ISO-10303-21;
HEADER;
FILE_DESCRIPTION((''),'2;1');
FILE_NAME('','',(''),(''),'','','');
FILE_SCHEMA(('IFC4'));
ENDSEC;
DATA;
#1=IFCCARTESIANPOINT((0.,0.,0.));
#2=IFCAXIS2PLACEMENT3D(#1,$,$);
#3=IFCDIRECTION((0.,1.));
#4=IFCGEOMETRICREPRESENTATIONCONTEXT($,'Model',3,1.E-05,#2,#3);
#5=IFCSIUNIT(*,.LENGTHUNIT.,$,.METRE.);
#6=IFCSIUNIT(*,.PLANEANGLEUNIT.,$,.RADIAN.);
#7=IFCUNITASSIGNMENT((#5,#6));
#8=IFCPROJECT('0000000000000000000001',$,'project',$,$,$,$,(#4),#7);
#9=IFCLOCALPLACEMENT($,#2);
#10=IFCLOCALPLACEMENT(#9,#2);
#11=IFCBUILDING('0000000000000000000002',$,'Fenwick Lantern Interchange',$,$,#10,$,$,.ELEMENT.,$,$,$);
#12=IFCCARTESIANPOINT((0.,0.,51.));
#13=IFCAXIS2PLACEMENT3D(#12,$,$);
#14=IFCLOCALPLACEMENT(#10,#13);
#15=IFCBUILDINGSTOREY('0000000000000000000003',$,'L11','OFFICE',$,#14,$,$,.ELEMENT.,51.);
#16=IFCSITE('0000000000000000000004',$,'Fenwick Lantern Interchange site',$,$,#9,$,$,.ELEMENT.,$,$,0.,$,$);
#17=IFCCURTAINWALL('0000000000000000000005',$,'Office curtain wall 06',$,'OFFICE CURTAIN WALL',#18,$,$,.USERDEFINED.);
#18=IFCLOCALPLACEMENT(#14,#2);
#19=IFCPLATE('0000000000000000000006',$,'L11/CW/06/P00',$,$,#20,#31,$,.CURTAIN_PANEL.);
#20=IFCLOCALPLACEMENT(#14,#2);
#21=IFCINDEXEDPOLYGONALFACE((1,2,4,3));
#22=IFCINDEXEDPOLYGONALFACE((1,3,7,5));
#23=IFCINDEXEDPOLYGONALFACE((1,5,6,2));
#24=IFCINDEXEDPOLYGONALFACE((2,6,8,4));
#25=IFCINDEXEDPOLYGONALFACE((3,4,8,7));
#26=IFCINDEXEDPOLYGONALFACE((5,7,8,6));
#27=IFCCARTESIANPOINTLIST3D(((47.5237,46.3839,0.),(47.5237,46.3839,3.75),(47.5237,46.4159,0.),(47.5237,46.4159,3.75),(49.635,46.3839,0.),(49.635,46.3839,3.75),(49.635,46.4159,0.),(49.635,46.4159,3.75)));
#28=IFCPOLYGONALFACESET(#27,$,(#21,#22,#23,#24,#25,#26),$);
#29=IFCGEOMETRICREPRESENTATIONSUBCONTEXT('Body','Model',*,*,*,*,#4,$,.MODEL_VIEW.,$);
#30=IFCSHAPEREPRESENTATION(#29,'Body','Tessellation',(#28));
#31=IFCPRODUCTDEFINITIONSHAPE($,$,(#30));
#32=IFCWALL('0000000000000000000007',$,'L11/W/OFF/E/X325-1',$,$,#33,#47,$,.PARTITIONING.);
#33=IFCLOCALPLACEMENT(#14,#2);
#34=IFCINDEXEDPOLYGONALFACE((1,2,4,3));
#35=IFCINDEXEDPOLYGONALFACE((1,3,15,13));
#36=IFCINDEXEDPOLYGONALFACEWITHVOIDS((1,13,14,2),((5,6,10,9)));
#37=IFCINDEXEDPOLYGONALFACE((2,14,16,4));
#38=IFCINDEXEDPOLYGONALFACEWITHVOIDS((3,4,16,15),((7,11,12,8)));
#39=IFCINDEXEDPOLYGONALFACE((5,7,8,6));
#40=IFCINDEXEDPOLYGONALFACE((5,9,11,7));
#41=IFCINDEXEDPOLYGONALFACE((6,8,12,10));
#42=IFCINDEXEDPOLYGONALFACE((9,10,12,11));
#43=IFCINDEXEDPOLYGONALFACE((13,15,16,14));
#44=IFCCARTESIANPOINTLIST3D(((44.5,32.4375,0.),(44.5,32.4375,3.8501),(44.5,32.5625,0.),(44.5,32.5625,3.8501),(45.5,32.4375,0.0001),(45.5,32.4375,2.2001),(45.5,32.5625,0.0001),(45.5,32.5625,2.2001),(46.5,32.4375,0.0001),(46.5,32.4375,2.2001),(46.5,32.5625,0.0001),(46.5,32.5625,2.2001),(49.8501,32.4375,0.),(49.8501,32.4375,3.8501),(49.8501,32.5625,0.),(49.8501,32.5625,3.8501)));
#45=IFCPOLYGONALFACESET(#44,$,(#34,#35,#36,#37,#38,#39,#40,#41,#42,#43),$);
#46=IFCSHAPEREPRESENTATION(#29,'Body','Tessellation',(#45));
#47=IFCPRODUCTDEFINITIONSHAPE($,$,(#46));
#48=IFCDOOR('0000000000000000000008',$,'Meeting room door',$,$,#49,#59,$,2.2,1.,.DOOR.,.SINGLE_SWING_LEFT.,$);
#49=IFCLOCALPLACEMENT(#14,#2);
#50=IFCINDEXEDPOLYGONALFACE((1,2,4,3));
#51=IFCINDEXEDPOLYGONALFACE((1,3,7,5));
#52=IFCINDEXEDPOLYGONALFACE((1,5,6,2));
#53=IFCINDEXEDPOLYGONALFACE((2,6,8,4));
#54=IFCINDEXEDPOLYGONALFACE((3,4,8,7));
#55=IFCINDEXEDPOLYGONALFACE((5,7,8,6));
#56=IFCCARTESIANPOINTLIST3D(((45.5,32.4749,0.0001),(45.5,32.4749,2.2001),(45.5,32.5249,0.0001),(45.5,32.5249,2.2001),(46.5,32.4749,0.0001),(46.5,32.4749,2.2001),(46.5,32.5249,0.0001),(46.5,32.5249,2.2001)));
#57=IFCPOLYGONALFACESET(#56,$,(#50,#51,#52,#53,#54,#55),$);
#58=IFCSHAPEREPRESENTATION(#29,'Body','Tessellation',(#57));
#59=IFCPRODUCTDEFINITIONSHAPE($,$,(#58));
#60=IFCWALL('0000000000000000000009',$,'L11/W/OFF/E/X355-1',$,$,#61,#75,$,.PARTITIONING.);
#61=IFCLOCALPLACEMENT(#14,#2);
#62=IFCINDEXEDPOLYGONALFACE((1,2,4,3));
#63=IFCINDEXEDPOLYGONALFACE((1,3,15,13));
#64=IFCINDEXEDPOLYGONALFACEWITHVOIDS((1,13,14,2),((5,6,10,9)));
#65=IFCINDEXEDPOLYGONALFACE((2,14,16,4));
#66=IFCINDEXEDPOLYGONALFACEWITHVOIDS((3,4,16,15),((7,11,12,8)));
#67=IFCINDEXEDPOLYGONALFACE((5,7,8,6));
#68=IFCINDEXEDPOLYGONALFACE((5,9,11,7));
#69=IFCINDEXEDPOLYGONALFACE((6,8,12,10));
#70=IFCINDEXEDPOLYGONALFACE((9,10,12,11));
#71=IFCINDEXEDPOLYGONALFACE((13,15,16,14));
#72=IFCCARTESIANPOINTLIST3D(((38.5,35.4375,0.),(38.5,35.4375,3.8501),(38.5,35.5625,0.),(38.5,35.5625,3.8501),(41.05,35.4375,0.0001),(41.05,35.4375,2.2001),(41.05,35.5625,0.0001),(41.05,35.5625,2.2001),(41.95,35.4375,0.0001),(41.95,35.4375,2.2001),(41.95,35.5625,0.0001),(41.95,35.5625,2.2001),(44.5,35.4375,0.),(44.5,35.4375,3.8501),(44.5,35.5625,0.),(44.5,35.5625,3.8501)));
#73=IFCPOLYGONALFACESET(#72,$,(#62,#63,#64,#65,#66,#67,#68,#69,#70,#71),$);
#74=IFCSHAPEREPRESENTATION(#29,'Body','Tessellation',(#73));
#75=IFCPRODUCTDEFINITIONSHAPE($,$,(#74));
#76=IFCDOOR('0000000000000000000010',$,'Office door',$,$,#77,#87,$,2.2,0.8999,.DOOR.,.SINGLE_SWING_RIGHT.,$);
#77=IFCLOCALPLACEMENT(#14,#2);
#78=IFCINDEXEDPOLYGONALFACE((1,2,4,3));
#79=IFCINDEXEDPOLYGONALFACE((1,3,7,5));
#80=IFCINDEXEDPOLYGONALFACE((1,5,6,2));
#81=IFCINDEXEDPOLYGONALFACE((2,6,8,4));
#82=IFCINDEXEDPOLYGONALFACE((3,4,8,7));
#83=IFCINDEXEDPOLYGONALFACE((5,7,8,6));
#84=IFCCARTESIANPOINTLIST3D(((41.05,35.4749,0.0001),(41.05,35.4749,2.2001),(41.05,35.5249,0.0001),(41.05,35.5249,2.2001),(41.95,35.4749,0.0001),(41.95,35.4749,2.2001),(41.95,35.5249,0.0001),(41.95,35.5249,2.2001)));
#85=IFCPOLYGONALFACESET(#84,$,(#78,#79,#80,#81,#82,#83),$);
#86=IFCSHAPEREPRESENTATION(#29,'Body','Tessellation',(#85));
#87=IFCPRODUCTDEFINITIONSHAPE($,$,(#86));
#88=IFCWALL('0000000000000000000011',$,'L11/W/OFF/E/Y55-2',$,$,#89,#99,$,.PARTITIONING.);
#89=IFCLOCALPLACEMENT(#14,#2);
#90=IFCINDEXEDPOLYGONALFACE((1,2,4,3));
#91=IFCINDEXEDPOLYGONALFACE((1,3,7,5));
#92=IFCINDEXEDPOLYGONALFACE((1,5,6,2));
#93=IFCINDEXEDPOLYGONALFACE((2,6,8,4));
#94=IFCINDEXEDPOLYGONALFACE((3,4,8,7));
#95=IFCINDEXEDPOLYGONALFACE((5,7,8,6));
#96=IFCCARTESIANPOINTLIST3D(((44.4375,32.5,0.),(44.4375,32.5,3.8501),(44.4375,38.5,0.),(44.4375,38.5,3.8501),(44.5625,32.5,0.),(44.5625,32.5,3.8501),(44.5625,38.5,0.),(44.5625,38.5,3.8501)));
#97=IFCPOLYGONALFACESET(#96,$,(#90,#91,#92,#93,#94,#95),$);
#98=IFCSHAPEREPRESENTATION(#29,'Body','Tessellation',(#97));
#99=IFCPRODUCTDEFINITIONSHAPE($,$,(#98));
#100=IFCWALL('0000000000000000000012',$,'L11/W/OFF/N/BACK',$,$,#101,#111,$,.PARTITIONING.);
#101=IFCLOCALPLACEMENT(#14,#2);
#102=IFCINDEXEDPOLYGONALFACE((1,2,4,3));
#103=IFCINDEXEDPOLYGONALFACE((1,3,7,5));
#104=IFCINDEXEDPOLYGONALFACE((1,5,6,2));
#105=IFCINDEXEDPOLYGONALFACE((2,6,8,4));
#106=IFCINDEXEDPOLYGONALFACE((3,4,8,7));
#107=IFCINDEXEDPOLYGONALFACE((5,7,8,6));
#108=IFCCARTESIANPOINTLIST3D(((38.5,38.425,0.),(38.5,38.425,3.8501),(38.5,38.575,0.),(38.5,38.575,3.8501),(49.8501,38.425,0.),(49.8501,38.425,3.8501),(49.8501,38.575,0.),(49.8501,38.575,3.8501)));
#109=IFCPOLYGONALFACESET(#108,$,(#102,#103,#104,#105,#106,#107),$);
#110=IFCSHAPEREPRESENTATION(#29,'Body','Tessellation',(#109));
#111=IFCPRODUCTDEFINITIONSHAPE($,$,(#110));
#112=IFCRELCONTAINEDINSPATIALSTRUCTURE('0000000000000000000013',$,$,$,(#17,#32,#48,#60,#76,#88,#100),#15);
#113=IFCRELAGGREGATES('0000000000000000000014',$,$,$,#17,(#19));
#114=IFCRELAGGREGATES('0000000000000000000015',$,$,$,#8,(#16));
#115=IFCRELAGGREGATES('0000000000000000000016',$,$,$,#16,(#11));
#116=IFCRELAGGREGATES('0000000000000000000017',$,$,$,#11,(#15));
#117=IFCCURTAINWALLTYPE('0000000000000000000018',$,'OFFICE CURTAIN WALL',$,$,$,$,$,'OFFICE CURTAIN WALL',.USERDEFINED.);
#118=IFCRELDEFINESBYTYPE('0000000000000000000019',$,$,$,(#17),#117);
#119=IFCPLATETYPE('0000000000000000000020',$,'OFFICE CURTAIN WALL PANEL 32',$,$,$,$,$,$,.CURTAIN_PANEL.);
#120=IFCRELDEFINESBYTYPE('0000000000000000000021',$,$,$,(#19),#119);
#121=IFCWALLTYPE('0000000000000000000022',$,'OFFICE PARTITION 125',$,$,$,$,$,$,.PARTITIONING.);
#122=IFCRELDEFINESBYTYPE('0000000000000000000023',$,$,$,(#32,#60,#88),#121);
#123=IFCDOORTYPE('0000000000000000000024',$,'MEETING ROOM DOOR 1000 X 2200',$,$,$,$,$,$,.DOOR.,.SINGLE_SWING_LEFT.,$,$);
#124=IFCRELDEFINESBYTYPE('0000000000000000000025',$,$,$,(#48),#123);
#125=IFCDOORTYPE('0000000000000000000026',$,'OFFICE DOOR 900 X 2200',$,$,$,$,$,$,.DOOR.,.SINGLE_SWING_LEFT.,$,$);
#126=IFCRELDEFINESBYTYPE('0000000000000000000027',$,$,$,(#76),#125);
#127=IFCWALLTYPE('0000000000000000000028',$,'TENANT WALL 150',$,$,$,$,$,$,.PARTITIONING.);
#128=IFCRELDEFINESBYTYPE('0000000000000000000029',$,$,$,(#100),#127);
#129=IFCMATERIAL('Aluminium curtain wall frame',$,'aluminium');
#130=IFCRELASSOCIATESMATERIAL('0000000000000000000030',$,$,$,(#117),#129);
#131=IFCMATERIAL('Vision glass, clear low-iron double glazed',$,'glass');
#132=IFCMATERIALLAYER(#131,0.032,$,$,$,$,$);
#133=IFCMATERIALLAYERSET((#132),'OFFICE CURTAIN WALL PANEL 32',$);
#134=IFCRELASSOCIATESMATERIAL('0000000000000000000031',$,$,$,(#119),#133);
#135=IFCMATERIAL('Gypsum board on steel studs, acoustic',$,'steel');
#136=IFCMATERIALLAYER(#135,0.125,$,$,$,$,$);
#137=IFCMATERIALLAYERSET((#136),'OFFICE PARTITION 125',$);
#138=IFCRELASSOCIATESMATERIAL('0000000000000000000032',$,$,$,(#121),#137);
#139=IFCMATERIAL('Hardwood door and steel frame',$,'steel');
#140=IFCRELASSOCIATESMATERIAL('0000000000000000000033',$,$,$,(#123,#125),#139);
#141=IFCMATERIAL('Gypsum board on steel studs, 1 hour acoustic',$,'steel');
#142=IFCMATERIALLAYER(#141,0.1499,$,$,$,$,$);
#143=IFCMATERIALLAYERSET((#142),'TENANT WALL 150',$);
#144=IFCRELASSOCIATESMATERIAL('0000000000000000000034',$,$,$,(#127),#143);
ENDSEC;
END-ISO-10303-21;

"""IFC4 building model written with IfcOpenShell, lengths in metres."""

from ifc_helpers import new_model, si_unit, direction, frame, frame_2d, origin, origin_2d, place, context, subcontext, project, spatial, rectangle, extrude, material, layer, layer_set, type_object, element, fill, aggregate, save


model = new_model("IFC4")

# Units and contexts
model_context = context("Model", 3, precision=1e-05, world=origin(), true_north=direction((0.0, 1.0)))
body_context = subcontext(model_context, "Body", "Model", "MODEL_VIEW")
ifc_project = project(units=[si_unit("LENGTHUNIT", "METRE"), si_unit("PLANEANGLEUNIT", "RADIAN")], contexts=[model_context])

# Site, building, storey
site_placement = place(None, origin())
site = spatial("IfcSite", under=ifc_project, at=site_placement, Name="Fenwick Lantern Interchange site", CompositionType="ELEMENT", RefElevation=0.0)
building_placement = place(site_placement, origin())
building = spatial("IfcBuilding", under=site, at=building_placement, Name="Fenwick Lantern Interchange", CompositionType="ELEMENT")
storey_placement = place(building_placement, frame((0.0, 0.0, 51.0)))
storey = spatial("IfcBuildingStorey", under=building, at=storey_placement, Name="L11", Description="OFFICE", CompositionType="ELEMENT", Elevation=51.0)

# Shared definitions
ifc_material_1 = material(Name="Aluminium curtain wall frame", Category="aluminium")
curtain_wall_type = type_object("IfcCurtainWallType", Name="OFFICE CURTAIN WALL", ElementType="OFFICE CURTAIN WALL", PredefinedType="USERDEFINED", material=ifc_material_1)

# Curtain wall
curtain_wall_1_placement = place(storey_placement, origin())
curtain_wall_1 = element("IfcCurtainWall", 1, at=curtain_wall_1_placement, inside=storey, type_object=curtain_wall_type, Name="Office curtain wall 06", ObjectType="OFFICE CURTAIN WALL", PredefinedType="USERDEFINED")

# Plate
ifc_material_2 = material(Name="Vision glass, clear low-iron double glazed", Category="glass")
ifc_layer_1 = layer(ifc_material_2, 0.032)
ifc_layer_set_1 = layer_set([ifc_layer_1], Name="OFFICE CURTAIN WALL PANEL 32")
plate_type = type_object("IfcPlateType", Name="OFFICE CURTAIN WALL PANEL 32", PredefinedType="CURTAIN_PANEL", material=ifc_layer_set_1)
plate_1_placement = place(storey_placement, frame((48.5793, 46.3999, 0.0), z_axis=(0.0, 0.0, 1.0), x_axis=(-1.0, 0.0, 0.0)))
plate_1 = element("IfcPlate", 2, at=plate_1_placement, type_object=plate_type, Name="L11/CW/06/P00", PredefinedType="CURTAIN_PANEL", context=body_context, shape_type="SweptSolid", body=[
    extrude(rectangle(XDim=2.1113, YDim=0.032, at=origin_2d()), origin(), (0.0, 0.0, 1.0), 3.75),
])
aggregate(curtain_wall_1, [plate_1])

# Walls, openings, doors
ifc_material_3 = material(Name="Gypsum board on steel studs, acoustic", Category="steel")
ifc_layer_2 = layer(ifc_material_3, 0.125)
ifc_layer_set_2 = layer_set([ifc_layer_2], Name="OFFICE PARTITION 125")
wall_type_1 = type_object("IfcWallType", Name="OFFICE PARTITION 125", PredefinedType="PARTITIONING", material=ifc_layer_set_2)
wall_1_placement = place(storey_placement, frame((49.8501, 32.5, 0.0), z_axis=(0.0, 0.0, 1.0), x_axis=(-1.0, 0.0, 0.0)))
wall_1 = element("IfcWall", 3, at=wall_1_placement, inside=storey, type_object=wall_type_1, Name="L11/W/OFF/E/X325-1", PredefinedType="PARTITIONING", context=body_context, shape_type="SweptSolid", body=[
    extrude(rectangle(XDim=5.3501, YDim=0.125, at=frame_2d((2.675, 0.0))), origin(), (0.0, 0.0, 1.0), 3.8501),
])
opening_1_placement = place(wall_1_placement, frame((3.3501, 0.0, 0.0)))
opening_1 = element("IfcOpeningElement", 4, at=opening_1_placement, cuts=wall_1, PredefinedType="OPENING", context=body_context, shape_type="SweptSolid", body=[
    extrude(rectangle(XDim=1.0, YDim=2.2, at=frame_2d((0.5, 1.1001))), frame((0.0, 0.0725, 0.0), z_axis=(0.0, -1.0, 0.0), x_axis=(1.0, 0.0, 0.0)), (0.0, 0.0, 1.0), 0.145),
])
ifc_material_4 = material(Name="Hardwood door and steel frame", Category="steel")
door_type_1 = type_object("IfcDoorType", Name="MEETING ROOM DOOR 1000 X 2200", OperationType="SINGLE_SWING_LEFT", PredefinedType="DOOR", material=ifc_material_4)
door_1_placement = place(opening_1_placement, frame((1.0, 0.0, 0.0), z_axis=(0.0, 0.0, 1.0), x_axis=(-1.0, 0.0, 0.0)))
door_1 = element("IfcDoor", 5, at=door_1_placement, inside=storey, type_object=door_type_1, Name="Meeting room door", OperationType="SINGLE_SWING_LEFT", OverallHeight=2.2, OverallWidth=1.0, PredefinedType="DOOR", context=body_context, shape_type="SweptSolid", body=[
    extrude(rectangle(XDim=1.0, YDim=2.2, at=frame_2d((0.5, 1.1001))), frame((0.0, 0.0249, 0.0), z_axis=(0.0, -1.0, 0.0), x_axis=(1.0, 0.0, 0.0)), (0.0, 0.0, 1.0), 0.05),
])
fill(opening_1, door_1)
wall_2_placement = place(storey_placement, frame((44.5, 35.5, 0.0), z_axis=(0.0, 0.0, 1.0), x_axis=(-1.0, 0.0, 0.0)))
wall_2 = element("IfcWall", 6, at=wall_2_placement, inside=storey, type_object=wall_type_1, Name="L11/W/OFF/E/X355-1", PredefinedType="PARTITIONING", context=body_context, shape_type="SweptSolid", body=[
    extrude(rectangle(XDim=6.0, YDim=0.125, at=frame_2d((3.0, 0.0))), origin(), (0.0, 0.0, 1.0), 3.8501),
])
opening_2_placement = place(wall_2_placement, frame((2.55, 0.0, 0.0)))
opening_2 = element("IfcOpeningElement", 7, at=opening_2_placement, cuts=wall_2, PredefinedType="OPENING", context=body_context, shape_type="SweptSolid", body=[
    extrude(rectangle(XDim=0.8999, YDim=2.2, at=frame_2d((0.45, 1.1001))), frame((0.0, 0.0725, 0.0), z_axis=(0.0, -1.0, 0.0), x_axis=(1.0, 0.0, 0.0)), (0.0, 0.0, 1.0), 0.145),
])
door_type_2 = type_object("IfcDoorType", Name="OFFICE DOOR 900 X 2200", OperationType="SINGLE_SWING_LEFT", PredefinedType="DOOR", material=ifc_material_4)
door_2_placement = place(opening_2_placement, frame((0.8999, 0.0, 0.0), z_axis=(0.0, 0.0, 1.0), x_axis=(-1.0, 0.0, 0.0)))
door_2 = element("IfcDoor", 8, at=door_2_placement, inside=storey, type_object=door_type_2, Name="Office door", OperationType="SINGLE_SWING_RIGHT", OverallHeight=2.2, OverallWidth=0.8999, PredefinedType="DOOR", context=body_context, shape_type="SweptSolid", body=[
    extrude(rectangle(XDim=0.8999, YDim=2.2, at=frame_2d((0.45, 1.1001))), frame((0.0, 0.0249, 0.0), z_axis=(0.0, -1.0, 0.0), x_axis=(1.0, 0.0, 0.0)), (0.0, 0.0, 1.0), 0.05),
])
fill(opening_2, door_2)

# Walls
wall_3_placement = place(storey_placement, frame((44.5, 32.5, 0.0), z_axis=(0.0, 0.0, 1.0), x_axis=(0.0, 1.0, 0.0)))
element("IfcWall", 9, at=wall_3_placement, inside=storey, type_object=wall_type_1, Name="L11/W/OFF/E/Y55-2", PredefinedType="PARTITIONING", context=body_context, shape_type="SweptSolid", body=[
    extrude(rectangle(XDim=6.0, YDim=0.125, at=frame_2d((3.0, 0.0))), origin(), (0.0, 0.0, 1.0), 3.8501),
])
ifc_material_5 = material(Name="Gypsum board on steel studs, 1 hour acoustic", Category="steel")
ifc_layer_3 = layer(ifc_material_5, 0.1499)
ifc_layer_set_3 = layer_set([ifc_layer_3], Name="TENANT WALL 150")
wall_type_2 = type_object("IfcWallType", Name="TENANT WALL 150", PredefinedType="PARTITIONING", material=ifc_layer_set_3)
wall_4_placement = place(storey_placement, frame((49.8501, 38.5, 0.0), z_axis=(0.0, 0.0, 1.0), x_axis=(-1.0, 0.0, 0.0)))
element("IfcWall", 10, at=wall_4_placement, inside=storey, type_object=wall_type_2, Name="L11/W/OFF/N/BACK", PredefinedType="PARTITIONING", context=body_context, shape_type="SweptSolid", body=[
    extrude(rectangle(XDim=11.3501, YDim=0.1499, at=frame_2d((5.675, 0.0))), origin(), (0.0, 0.0, 1.0), 3.8501),
])

save(model, "model.ifc")
